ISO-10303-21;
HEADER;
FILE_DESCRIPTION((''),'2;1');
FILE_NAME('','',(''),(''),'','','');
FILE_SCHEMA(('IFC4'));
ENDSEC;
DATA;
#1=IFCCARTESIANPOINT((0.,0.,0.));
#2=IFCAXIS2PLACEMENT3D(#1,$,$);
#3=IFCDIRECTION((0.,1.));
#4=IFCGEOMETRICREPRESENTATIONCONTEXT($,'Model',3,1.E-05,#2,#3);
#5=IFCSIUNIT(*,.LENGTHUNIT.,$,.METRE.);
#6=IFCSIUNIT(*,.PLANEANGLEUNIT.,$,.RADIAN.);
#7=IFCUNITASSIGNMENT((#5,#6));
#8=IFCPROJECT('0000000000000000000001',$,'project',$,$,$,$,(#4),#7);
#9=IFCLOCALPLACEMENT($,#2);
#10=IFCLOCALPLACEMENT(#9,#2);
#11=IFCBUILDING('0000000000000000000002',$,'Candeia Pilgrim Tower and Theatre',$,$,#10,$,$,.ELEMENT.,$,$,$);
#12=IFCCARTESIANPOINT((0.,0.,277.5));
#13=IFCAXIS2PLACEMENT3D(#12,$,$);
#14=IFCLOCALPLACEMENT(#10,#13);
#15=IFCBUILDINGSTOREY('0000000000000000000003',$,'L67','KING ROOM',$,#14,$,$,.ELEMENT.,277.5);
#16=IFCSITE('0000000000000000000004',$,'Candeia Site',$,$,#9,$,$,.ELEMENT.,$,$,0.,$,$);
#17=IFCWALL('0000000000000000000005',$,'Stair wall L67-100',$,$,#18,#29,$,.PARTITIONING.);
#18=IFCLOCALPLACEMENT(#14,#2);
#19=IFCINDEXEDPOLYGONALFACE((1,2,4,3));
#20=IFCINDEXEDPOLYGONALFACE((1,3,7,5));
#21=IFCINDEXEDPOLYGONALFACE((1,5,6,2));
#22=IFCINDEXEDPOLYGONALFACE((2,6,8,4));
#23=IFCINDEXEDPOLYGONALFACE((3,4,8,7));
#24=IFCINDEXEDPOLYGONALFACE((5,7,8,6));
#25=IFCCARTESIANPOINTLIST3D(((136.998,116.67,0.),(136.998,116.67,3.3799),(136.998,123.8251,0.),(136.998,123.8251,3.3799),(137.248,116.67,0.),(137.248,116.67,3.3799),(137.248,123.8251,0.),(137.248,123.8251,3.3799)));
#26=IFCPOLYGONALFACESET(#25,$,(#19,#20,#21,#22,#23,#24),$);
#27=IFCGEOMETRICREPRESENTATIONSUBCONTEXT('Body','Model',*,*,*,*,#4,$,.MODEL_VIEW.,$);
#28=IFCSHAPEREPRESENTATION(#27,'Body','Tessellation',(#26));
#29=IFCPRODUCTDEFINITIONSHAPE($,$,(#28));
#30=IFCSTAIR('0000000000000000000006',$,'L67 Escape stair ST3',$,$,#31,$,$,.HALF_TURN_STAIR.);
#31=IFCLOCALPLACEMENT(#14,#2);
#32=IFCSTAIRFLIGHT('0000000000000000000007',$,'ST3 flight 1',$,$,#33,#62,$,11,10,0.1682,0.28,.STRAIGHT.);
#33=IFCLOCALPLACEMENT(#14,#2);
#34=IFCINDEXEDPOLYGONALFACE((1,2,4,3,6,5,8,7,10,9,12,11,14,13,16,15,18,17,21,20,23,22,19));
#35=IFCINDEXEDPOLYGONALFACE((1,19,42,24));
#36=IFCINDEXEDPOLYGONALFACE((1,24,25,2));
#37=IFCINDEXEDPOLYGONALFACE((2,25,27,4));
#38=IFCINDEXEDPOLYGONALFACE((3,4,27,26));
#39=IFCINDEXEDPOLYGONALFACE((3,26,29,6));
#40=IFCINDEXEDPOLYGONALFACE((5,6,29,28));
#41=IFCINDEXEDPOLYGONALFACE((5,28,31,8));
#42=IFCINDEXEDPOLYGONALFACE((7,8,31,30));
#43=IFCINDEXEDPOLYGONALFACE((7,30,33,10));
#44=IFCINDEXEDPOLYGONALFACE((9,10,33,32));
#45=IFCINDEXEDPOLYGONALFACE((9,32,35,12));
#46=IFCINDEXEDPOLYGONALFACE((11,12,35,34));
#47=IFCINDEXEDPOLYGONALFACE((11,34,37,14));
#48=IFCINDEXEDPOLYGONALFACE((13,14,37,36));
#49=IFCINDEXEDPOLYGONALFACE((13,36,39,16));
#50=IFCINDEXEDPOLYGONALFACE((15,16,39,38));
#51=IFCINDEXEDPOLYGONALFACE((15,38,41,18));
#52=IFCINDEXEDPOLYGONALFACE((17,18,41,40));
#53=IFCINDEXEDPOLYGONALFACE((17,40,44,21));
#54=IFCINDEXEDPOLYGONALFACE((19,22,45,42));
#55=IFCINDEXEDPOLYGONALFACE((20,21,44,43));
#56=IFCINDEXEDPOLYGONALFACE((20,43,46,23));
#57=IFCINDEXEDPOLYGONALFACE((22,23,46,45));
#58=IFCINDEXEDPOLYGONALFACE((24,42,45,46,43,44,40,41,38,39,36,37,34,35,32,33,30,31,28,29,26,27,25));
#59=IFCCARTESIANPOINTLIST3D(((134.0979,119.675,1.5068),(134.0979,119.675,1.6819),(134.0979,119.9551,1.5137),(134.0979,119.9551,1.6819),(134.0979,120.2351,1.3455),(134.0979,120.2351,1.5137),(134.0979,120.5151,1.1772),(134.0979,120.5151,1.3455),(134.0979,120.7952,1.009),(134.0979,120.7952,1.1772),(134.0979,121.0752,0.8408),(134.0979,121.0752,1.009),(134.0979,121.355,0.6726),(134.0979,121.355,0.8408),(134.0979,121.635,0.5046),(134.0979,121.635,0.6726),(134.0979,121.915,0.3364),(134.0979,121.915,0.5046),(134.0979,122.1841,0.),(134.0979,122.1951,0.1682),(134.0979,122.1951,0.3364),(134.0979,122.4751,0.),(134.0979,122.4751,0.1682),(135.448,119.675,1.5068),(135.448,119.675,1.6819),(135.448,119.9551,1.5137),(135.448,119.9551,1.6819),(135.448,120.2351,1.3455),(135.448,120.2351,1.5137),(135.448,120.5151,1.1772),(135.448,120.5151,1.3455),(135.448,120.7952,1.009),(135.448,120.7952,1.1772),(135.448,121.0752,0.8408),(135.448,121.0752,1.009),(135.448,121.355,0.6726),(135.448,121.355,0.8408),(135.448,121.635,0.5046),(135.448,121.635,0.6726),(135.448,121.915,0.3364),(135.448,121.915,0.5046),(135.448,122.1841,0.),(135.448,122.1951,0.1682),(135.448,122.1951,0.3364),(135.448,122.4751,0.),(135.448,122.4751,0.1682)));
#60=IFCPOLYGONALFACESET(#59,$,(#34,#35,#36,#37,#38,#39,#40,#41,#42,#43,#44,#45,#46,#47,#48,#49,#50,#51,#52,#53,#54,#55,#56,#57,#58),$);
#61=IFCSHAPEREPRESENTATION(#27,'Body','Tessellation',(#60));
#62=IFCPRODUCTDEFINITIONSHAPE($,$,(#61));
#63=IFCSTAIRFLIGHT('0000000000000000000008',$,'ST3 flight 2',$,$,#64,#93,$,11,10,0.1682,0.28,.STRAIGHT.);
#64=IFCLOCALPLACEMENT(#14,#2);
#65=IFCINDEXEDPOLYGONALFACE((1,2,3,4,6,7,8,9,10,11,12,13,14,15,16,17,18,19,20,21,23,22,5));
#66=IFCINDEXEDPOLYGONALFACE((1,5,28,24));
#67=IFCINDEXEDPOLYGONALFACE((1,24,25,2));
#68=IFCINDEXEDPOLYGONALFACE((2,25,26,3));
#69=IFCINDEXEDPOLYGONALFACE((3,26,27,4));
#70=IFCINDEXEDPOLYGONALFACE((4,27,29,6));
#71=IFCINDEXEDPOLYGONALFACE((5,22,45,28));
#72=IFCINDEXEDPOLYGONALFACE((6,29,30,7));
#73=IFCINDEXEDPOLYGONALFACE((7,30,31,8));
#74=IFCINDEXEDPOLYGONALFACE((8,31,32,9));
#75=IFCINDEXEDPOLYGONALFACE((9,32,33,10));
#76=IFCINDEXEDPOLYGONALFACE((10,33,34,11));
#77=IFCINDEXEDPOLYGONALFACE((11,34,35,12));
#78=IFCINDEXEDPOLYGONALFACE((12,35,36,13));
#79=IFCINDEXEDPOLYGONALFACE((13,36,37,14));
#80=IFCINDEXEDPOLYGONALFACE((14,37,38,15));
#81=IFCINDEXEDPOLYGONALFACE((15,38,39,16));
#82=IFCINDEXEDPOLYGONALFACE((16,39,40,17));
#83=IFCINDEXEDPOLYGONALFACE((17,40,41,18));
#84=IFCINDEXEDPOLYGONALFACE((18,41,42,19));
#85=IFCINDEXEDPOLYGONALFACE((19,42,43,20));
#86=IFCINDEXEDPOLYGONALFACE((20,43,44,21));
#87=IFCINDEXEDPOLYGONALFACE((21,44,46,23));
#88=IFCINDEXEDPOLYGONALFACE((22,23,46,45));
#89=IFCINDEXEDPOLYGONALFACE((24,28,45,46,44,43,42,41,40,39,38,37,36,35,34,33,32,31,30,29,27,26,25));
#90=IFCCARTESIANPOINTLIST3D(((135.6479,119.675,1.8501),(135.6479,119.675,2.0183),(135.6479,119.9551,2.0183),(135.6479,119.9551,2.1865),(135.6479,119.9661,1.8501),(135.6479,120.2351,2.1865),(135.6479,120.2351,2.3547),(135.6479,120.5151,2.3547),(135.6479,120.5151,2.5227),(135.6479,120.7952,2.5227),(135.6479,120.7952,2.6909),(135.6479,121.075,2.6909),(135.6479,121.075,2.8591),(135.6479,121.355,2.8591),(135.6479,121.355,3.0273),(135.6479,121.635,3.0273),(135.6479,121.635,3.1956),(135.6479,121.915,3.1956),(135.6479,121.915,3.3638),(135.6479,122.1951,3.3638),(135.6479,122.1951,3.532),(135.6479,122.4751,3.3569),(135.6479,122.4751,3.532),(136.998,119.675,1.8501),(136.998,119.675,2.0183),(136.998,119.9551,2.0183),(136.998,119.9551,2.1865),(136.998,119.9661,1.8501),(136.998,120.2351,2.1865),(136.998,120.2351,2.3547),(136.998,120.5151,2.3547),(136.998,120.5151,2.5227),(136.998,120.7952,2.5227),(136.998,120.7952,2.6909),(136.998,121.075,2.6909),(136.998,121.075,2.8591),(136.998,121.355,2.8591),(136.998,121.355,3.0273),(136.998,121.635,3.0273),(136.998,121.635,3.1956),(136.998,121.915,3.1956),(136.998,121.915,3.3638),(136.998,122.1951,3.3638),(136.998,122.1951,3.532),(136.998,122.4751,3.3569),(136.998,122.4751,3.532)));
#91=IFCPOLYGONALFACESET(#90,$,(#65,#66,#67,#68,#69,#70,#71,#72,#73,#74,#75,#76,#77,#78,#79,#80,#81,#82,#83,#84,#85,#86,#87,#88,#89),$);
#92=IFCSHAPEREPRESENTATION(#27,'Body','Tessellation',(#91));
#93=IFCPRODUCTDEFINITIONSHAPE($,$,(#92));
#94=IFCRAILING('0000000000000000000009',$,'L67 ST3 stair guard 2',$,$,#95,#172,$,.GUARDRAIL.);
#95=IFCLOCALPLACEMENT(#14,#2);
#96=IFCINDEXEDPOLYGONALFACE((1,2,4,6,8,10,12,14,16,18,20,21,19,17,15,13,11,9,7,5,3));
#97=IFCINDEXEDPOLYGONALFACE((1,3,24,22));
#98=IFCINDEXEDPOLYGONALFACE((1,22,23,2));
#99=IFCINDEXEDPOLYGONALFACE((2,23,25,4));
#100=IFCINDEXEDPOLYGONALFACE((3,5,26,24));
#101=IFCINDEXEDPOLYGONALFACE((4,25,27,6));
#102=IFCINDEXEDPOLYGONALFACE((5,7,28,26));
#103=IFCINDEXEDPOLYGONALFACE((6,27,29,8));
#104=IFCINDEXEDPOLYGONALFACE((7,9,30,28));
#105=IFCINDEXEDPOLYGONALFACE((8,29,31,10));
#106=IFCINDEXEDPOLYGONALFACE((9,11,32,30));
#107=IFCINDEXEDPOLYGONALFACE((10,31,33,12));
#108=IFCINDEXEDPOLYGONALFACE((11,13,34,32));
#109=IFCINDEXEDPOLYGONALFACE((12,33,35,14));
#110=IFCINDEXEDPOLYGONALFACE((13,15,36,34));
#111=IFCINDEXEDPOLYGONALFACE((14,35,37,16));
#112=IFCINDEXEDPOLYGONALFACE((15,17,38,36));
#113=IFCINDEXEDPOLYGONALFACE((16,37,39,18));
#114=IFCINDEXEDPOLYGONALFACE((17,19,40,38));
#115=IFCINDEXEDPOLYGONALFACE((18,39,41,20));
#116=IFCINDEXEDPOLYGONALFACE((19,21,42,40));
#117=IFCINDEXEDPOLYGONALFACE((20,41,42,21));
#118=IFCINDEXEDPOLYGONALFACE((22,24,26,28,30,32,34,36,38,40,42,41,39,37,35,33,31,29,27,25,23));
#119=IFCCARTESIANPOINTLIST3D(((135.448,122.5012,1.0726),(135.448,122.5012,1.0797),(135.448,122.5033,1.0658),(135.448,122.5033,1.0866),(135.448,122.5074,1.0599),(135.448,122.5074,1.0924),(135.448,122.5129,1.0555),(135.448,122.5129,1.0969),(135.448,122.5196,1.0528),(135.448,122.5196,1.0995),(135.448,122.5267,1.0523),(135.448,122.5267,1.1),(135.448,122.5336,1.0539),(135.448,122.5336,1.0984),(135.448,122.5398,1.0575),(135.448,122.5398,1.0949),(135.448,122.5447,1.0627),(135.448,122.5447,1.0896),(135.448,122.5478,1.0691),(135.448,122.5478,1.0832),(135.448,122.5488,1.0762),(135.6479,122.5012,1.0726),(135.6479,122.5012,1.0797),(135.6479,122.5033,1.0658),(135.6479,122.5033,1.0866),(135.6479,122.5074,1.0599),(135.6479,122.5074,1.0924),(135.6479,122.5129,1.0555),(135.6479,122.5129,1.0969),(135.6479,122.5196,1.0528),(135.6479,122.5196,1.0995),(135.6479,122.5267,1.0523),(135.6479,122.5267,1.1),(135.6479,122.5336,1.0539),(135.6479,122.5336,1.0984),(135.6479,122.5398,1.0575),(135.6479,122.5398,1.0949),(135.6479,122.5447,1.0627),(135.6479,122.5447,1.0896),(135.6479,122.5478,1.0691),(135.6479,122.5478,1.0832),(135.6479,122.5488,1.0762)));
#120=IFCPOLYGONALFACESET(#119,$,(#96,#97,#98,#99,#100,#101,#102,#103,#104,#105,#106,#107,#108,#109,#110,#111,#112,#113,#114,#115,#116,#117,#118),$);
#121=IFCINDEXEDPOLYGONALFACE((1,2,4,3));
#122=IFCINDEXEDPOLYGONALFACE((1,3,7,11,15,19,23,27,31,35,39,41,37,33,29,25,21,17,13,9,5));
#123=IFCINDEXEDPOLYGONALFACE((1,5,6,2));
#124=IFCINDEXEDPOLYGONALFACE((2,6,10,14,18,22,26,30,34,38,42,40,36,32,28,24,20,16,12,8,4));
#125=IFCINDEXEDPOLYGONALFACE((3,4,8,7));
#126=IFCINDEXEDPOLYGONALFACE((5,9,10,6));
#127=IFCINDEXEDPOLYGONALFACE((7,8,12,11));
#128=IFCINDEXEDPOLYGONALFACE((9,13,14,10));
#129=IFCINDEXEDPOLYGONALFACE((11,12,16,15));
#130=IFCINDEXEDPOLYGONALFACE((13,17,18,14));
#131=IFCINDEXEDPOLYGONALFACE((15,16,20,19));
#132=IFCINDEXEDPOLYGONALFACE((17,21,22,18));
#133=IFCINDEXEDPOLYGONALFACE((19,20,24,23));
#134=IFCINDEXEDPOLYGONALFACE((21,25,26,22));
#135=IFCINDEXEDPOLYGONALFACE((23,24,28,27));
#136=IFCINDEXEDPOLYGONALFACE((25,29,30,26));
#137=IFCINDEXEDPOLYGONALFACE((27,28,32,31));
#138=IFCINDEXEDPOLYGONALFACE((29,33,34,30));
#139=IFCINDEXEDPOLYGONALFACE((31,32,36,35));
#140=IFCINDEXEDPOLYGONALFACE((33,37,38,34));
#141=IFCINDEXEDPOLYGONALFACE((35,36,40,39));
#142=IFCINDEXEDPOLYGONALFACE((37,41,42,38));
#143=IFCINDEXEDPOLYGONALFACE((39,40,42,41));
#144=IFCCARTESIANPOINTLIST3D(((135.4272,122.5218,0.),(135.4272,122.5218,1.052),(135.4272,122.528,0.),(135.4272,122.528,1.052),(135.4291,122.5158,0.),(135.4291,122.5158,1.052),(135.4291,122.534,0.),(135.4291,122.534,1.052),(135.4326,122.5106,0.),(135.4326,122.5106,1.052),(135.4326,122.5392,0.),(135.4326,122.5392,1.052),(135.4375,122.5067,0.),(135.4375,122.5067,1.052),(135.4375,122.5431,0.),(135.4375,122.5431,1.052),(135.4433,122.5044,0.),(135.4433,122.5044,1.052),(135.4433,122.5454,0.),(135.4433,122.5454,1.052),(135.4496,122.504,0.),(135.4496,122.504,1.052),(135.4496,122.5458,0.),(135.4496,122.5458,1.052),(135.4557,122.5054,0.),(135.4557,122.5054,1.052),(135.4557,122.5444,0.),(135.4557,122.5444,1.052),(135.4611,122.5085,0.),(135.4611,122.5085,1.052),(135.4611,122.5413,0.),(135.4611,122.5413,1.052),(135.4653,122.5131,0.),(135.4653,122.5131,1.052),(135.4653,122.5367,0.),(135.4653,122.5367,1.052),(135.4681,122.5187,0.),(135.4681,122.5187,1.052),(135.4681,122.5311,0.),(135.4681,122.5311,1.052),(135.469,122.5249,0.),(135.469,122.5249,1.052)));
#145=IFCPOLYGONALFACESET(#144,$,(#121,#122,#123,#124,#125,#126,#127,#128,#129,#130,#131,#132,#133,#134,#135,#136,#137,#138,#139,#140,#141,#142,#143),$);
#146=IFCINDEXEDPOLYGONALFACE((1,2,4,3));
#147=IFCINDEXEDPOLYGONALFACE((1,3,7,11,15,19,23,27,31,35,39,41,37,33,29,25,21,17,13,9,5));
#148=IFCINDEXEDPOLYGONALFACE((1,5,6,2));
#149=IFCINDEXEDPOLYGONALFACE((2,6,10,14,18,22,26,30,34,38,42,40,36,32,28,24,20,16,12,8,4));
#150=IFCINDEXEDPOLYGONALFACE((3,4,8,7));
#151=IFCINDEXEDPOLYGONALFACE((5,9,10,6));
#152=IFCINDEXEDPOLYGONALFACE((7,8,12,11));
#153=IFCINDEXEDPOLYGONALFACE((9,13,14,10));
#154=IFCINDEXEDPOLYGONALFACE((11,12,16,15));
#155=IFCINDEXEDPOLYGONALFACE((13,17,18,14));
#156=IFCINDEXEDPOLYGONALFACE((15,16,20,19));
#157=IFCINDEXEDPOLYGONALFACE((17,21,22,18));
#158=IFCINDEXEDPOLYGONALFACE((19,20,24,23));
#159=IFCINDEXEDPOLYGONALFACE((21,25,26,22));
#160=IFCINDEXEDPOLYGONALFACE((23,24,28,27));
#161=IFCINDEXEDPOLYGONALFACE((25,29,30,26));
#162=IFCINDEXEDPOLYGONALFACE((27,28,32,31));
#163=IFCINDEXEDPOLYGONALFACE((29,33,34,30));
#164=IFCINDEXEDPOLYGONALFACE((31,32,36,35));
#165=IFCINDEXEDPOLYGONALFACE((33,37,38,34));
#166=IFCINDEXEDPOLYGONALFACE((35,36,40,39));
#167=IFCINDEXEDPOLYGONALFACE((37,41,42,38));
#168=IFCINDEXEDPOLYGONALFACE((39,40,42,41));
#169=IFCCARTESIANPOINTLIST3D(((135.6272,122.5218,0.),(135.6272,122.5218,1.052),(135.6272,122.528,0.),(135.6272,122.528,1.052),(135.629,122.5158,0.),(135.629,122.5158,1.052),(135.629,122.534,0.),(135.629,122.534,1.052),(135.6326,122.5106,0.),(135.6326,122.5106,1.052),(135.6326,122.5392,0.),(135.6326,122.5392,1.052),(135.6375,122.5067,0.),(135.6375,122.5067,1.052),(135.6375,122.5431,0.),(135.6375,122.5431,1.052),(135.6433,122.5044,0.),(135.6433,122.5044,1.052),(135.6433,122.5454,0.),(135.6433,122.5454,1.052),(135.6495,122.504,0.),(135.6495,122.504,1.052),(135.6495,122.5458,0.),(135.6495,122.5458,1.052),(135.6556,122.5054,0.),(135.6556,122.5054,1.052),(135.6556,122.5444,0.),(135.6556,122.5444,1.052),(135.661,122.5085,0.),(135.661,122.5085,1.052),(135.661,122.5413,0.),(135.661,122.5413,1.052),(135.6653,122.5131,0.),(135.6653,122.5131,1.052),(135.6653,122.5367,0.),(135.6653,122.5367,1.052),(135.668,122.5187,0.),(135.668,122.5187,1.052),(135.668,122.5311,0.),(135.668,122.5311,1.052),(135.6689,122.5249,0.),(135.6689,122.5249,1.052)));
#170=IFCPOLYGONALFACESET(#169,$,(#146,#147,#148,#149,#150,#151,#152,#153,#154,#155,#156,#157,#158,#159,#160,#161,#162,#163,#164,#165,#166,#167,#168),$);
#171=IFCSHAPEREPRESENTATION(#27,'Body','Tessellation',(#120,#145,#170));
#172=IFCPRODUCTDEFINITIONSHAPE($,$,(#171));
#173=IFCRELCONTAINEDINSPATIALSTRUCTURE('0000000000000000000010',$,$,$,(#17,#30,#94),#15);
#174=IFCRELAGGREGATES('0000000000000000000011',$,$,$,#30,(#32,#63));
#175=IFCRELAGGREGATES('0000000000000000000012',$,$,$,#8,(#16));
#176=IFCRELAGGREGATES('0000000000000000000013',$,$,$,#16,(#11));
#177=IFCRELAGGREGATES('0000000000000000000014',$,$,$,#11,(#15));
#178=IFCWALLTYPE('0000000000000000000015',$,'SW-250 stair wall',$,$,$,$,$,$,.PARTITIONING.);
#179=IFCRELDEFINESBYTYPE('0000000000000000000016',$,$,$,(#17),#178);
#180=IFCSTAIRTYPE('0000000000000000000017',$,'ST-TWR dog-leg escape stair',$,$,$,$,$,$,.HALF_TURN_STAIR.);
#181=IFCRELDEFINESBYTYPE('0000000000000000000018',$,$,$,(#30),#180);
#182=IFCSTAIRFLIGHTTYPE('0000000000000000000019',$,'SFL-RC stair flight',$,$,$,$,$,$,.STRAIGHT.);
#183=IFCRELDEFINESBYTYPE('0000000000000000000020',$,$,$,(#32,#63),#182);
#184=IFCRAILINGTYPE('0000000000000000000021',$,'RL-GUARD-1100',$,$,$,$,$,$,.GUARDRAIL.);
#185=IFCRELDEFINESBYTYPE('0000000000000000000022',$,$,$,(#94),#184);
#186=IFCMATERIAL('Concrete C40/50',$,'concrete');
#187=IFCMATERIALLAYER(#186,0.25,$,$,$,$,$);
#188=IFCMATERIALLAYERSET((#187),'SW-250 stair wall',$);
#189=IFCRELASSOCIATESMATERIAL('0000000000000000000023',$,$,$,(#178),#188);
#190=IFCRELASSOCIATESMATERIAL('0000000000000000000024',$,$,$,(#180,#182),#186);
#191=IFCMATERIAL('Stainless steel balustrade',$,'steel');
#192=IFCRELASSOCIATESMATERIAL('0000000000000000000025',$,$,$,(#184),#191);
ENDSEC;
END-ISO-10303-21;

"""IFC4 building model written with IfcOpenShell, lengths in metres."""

from ifc_helpers import new_model, si_unit, direction, frame, frame_2d, origin, origin_2d, place, context, subcontext, project, spatial, polyline, rectangle, circle, outline, extrude, material, layer, layer_set, type_object, element, aggregate, save


model = new_model("IFC4")

# Units and contexts
model_context = context("Model", 3, precision=1e-05, world=origin(), true_north=direction((0.0, 1.0)))
body_context = subcontext(model_context, "Body", "Model", "MODEL_VIEW")
ifc_project = project(units=[si_unit("LENGTHUNIT", "METRE"), si_unit("PLANEANGLEUNIT", "RADIAN")], contexts=[model_context])

# Site, building, storey
site_placement = place(None, origin())
site = spatial("IfcSite", under=ifc_project, at=site_placement, Name="Candeia Site", CompositionType="ELEMENT", RefElevation=0.0)
building_placement = place(site_placement, origin())
building = spatial("IfcBuilding", under=site, at=building_placement, Name="Candeia Pilgrim Tower and Theatre", CompositionType="ELEMENT")
storey_placement = place(building_placement, frame((0.0, 0.0, 277.5)))
storey = spatial("IfcBuildingStorey", under=building, at=storey_placement, Name="L67", Description="KING ROOM", CompositionType="ELEMENT", Elevation=277.5)

# Shared definitions
ifc_material_1 = material(Name="Concrete C40/50", Category="concrete")

# Shared definitions
ifc_layer_1 = layer(ifc_material_1, 0.25)
ifc_layer_set_1 = layer_set([ifc_layer_1], Name="SW-250 stair wall")
wall_type_1 = type_object("IfcWallType", Name="SW-250 stair wall", PredefinedType="PARTITIONING", material=ifc_layer_set_1)

# Wall
wall_1_placement = place(storey_placement, frame((137.123, 116.6699, 0.0), z_axis=(0.0, 0.0, 1.0), x_axis=(0.0, 1.0, 0.0)))
element("IfcWall", 1, at=wall_1_placement, inside=storey, type_object=wall_type_1, Name="Stair wall L67-100", PredefinedType="PARTITIONING", context=body_context, shape_type="SweptSolid", body=[
    extrude(rectangle(XDim=7.155, YDim=0.25, at=frame_2d((3.5776, 0.0))), origin(), (0.0, 0.0, 1.0), 3.3799),
])

# Stair, stair flights
stair_type = type_object("IfcStairType", Name="ST-TWR dog-leg escape stair", PredefinedType="HALF_TURN_STAIR", material=ifc_material_1)
stair_placement = place(storey_placement, origin())
stair = element("IfcStair", 2, at=stair_placement, inside=storey, type_object=stair_type, Name="L67 Escape stair ST3", PredefinedType="HALF_TURN_STAIR")
stair_flight_type = type_object("IfcStairFlightType", Name="SFL-RC stair flight", PredefinedType="STRAIGHT", material=ifc_material_1)
stair_flight_1_placement = place(storey_placement, frame((134.7729, 122.4751, 0.0), z_axis=(0.0, 0.0, 1.0), x_axis=(0.0, -1.0, 0.0)))
stair_flight_1 = element("IfcStairFlight", 3, at=stair_flight_1_placement, type_object=stair_flight_type, Name="ST3 flight 1", NumberOfRisers=11, NumberOfTreads=10, PredefinedType="STRAIGHT", RiserHeight=0.1682, TreadLength=0.28, context=body_context, shape_type="SweptSolid", body=[
    extrude(outline(polyline([(0.0, 0.0), (0.0, 0.1682), (0.28, 0.1682), (0.28, 0.3364), (0.5601, 0.3364), (0.5601, 0.5046), (0.8401, 0.5046), (0.8401, 0.6726), (1.1201, 0.6726), (1.1201, 0.8408), (1.3999, 0.8408), (1.3999, 1.009), (1.6799, 1.009), (1.6799, 1.1772), (1.96, 1.1772), (1.96, 1.3455), (2.24, 1.3455), (2.24, 1.5137), (2.52, 1.5137), (2.52, 1.6819), (2.8, 1.6819), (2.8, 1.8501), (2.8, 1.5068), (0.291, 0.0), (0.0, 0.0)])), frame((0.0, 0.675, 0.0), z_axis=(0.0, -1.0, 0.0), x_axis=(1.0, 0.0, 0.0)), (0.0, 0.0, 1.0), 1.3501),
])
stair_flight_2_placement = place(storey_placement, frame((136.323, 119.675, 1.8501), z_axis=(0.0, 0.0, 1.0), x_axis=(0.0, 1.0, 0.0)))
stair_flight_2 = element("IfcStairFlight", 4, at=stair_flight_2_placement, type_object=stair_flight_type, Name="ST3 flight 2", NumberOfRisers=11, NumberOfTreads=10, PredefinedType="STRAIGHT", RiserHeight=0.1682, TreadLength=0.28, context=body_context, shape_type="SweptSolid", body=[
    extrude(outline(polyline([(0.0, 0.0), (0.0, 0.1682), (0.28, 0.1682), (0.28, 0.3364), (0.5601, 0.3364), (0.5601, 0.5046), (0.8401, 0.5046), (0.8401, 0.6726), (1.1201, 0.6726), (1.1201, 0.8408), (1.3999, 0.8408), (1.3999, 1.009), (1.6799, 1.009), (1.6799, 1.1772), (1.96, 1.1772), (1.96, 1.3455), (2.24, 1.3455), (2.24, 1.5137), (2.52, 1.5137), (2.52, 1.6819), (2.8, 1.6819), (2.8, 1.8501), (2.8, 1.5068), (0.291, 0.0), (0.0, 0.0)])), frame((0.0, 0.675, 0.0), z_axis=(0.0, -1.0, 0.0), x_axis=(1.0, 0.0, 0.0)), (0.0, 0.0, 1.0), 1.3501),
])
aggregate(stair, [stair_flight_1, stair_flight_2])

# Railing
ifc_material_2 = material(Name="Stainless steel balustrade", Category="steel")
railing_type_1 = type_object("IfcRailingType", Name="RL-GUARD-1100", PredefinedType="GUARDRAIL", material=ifc_material_2)
railing_1_placement = place(storey_placement, frame((135.448, 122.5249, 0.0)))
element("IfcRailing", 5, at=railing_1_placement, inside=storey, type_object=railing_type_1, Name="L67 ST3 stair guard 2", PredefinedType="GUARDRAIL", context=body_context, shape_type="SweptSolid", body=[
    extrude(circle(Radius=0.0239, at=origin_2d()), frame((0.0, 0.0, 1.0762), z_axis=(1.0, 0.0, 0.0), x_axis=(0.0, 1.0, 0.0)), (0.0, 0.0, 1.0), 0.2),
    extrude(circle(Radius=0.021, at=origin_2d()), origin(), (0.0, 0.0, 1.0), 1.052),
    extrude(circle(Radius=0.021, at=origin_2d()), frame((0.2, 0.0, 0.0)), (0.0, 0.0, 1.0), 1.052),
])

save(model, "model.ifc")
